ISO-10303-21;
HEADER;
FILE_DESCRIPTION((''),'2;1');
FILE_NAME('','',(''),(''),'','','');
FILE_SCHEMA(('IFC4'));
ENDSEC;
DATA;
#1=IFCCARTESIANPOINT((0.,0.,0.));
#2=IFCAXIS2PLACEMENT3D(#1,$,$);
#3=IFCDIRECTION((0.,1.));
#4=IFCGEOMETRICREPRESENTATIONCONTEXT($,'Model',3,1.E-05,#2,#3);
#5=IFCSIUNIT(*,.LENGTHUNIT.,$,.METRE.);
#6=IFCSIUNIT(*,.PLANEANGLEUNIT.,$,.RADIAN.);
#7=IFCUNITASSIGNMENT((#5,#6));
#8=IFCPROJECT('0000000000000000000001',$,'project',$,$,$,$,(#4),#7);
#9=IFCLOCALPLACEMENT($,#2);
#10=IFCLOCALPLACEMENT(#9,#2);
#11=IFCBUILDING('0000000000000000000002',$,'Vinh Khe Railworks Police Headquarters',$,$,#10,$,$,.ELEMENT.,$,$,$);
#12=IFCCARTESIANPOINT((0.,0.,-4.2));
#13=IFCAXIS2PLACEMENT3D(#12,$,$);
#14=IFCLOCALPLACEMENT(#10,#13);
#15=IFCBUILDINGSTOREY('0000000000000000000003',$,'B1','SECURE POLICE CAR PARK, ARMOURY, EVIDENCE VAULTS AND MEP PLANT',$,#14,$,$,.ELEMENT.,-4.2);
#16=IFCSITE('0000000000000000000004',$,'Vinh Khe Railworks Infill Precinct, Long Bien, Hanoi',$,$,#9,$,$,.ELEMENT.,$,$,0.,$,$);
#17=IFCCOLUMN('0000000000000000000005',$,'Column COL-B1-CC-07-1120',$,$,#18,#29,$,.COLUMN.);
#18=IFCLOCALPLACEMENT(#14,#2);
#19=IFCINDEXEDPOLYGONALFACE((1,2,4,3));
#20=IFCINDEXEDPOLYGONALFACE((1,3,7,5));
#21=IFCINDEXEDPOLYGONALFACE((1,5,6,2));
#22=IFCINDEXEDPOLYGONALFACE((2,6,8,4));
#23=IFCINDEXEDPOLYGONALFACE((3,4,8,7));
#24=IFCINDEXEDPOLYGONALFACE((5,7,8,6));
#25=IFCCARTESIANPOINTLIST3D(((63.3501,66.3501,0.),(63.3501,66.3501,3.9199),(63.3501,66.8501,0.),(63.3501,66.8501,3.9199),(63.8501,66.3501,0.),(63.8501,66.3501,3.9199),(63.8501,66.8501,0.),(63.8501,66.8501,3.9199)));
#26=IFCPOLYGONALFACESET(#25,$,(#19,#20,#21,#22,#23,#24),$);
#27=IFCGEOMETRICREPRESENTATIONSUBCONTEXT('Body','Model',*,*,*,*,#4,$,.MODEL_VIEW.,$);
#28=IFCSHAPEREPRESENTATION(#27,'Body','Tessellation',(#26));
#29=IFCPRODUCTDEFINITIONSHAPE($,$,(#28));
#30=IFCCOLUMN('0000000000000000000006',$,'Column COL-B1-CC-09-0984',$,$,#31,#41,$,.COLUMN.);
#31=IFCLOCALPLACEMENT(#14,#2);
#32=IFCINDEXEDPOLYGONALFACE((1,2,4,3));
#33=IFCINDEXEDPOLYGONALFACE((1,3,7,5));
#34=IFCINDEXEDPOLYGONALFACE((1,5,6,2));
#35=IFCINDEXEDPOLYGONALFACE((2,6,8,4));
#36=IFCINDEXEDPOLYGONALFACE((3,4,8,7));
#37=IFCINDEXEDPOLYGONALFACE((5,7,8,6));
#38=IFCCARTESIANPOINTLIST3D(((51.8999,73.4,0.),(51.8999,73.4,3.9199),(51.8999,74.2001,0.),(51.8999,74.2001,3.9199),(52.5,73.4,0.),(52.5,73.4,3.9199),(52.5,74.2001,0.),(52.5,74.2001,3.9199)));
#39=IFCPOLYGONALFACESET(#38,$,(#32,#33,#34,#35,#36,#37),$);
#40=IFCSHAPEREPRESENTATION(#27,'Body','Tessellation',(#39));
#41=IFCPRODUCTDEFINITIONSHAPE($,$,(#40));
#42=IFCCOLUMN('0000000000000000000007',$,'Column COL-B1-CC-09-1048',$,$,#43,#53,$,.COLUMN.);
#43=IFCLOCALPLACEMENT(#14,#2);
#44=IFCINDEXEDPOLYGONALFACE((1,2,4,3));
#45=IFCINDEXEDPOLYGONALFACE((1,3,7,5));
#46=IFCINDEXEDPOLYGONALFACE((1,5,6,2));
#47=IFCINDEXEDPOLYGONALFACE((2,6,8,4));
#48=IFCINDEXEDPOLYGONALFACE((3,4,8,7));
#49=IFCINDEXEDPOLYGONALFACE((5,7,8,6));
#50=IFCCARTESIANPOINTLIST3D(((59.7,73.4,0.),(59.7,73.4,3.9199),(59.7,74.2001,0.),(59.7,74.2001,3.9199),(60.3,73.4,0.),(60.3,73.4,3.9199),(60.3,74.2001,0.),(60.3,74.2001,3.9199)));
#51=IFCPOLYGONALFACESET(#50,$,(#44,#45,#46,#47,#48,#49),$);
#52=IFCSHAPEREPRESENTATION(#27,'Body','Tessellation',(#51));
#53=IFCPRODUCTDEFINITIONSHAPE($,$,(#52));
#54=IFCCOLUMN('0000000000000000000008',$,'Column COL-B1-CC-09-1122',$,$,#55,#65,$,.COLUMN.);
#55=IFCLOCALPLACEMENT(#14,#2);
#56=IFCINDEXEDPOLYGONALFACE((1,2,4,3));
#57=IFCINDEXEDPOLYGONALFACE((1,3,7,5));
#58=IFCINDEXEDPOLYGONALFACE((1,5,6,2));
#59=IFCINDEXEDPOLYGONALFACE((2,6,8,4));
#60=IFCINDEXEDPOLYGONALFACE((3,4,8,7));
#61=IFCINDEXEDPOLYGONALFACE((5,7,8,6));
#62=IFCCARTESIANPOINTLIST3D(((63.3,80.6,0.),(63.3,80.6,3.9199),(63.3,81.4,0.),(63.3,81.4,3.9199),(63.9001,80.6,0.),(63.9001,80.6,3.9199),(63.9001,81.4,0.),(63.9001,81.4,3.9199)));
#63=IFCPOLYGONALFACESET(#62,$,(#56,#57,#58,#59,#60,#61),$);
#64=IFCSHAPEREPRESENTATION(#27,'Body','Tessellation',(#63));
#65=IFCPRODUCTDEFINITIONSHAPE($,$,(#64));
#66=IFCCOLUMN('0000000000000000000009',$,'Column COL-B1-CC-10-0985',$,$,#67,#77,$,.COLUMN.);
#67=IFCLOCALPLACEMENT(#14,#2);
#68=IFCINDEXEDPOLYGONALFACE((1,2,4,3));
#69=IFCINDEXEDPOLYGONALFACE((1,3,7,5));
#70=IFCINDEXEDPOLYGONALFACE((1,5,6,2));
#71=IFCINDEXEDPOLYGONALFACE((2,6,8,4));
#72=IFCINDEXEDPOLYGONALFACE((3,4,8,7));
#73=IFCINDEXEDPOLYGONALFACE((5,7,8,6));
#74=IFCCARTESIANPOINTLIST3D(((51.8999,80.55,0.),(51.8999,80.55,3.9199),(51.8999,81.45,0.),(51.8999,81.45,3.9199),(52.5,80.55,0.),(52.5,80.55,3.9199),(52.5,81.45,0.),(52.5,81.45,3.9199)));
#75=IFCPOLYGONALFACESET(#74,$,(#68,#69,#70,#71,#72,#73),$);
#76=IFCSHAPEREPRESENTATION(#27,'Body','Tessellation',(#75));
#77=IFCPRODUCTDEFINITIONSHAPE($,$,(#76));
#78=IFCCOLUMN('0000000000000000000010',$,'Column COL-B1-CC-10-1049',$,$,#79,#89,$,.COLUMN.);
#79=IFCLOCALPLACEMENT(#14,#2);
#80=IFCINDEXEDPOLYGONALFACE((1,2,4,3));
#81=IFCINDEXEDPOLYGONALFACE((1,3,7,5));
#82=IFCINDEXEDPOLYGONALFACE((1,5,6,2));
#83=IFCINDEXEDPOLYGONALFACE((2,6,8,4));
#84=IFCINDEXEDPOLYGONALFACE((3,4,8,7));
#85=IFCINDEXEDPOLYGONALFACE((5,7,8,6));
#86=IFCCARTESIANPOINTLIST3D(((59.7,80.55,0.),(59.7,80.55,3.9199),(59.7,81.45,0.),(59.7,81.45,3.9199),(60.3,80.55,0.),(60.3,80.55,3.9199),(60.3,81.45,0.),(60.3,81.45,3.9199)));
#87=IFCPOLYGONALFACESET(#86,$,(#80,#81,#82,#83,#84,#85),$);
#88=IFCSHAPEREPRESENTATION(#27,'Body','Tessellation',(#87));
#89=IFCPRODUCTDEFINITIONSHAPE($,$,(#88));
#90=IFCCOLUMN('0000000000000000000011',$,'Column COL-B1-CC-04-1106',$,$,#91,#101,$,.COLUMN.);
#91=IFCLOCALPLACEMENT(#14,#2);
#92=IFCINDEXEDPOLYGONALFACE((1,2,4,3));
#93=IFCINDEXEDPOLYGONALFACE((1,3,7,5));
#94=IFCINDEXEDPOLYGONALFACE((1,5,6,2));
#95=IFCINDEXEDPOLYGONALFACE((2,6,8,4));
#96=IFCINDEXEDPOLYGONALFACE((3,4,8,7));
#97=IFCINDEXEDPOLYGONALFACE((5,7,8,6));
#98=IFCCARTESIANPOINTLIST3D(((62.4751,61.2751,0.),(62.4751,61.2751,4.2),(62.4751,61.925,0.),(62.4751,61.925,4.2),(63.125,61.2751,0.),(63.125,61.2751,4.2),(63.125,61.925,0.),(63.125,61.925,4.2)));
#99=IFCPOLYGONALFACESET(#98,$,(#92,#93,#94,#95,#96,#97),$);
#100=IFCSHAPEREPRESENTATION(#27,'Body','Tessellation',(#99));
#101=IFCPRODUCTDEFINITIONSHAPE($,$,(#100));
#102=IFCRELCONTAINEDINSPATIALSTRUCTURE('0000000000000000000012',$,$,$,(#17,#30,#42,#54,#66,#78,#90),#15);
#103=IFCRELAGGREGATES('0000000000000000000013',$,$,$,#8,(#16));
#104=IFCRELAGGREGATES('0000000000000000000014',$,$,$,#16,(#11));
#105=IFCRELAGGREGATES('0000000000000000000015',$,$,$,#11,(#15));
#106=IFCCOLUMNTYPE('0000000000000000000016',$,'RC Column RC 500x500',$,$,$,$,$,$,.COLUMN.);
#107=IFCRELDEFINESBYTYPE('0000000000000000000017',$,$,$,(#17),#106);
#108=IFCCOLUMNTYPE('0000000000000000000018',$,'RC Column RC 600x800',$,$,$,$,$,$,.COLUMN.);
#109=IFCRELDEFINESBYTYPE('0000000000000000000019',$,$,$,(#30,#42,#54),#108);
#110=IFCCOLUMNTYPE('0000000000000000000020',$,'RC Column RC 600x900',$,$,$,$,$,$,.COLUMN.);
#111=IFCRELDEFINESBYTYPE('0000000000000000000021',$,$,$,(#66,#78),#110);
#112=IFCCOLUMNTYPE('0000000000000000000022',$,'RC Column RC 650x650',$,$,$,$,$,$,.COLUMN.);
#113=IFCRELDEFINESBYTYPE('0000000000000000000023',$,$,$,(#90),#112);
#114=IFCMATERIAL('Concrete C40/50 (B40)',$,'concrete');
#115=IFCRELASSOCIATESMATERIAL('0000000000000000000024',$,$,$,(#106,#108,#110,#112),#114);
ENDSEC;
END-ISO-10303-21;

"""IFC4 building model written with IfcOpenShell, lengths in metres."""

from ifc_helpers import new_model, si_unit, direction, frame, origin, origin_2d, place, context, subcontext, project, spatial, rectangle, extrude, material, material_profile, profile_set, type_object, element, save


model = new_model("IFC4")

# Units and contexts
model_context = context("Model", 3, precision=1e-05, world=origin(), true_north=direction((0.0, 1.0)))
body_context = subcontext(model_context, "Body", "Model", "MODEL_VIEW")
ifc_project = project(units=[si_unit("LENGTHUNIT", "METRE"), si_unit("PLANEANGLEUNIT", "RADIAN")], contexts=[model_context])

# Site, building, storey
site_placement = place(None, origin())
site = spatial("IfcSite", under=ifc_project, at=site_placement, Name="Vinh Khe Railworks Infill Precinct, Long Bien, Hanoi", CompositionType="ELEMENT", RefElevation=0.0)
building_placement = place(site_placement, origin())
building = spatial("IfcBuilding", under=site, at=building_placement, Name="Vinh Khe Railworks Police Headquarters", CompositionType="ELEMENT")
storey_placement = place(building_placement, frame((0.0, 0.0, -4.2)))
storey = spatial("IfcBuildingStorey", under=building, at=storey_placement, Name="B1", Description="SECURE POLICE CAR PARK, ARMOURY, EVIDENCE VAULTS AND MEP PLANT", CompositionType="ELEMENT", Elevation=-4.2)

# Columns
ifc_material_1 = material(Name="Concrete C40/50 (B40)", Category="concrete")
ifc_material_profile_1 = material_profile(ifc_material_1, rectangle(XDim=0.5, YDim=0.5, at=origin_2d()), Name="RC 500x500")
ifc_profile_set_1 = profile_set([ifc_material_profile_1], Name="Concrete C40/50 (B40)")
column_type_1 = type_object("IfcColumnType", Name="RC Column RC 500x500", PredefinedType="COLUMN", material=ifc_profile_set_1)
for number, where, z_axis, x_axis, name in (
    (1, (63.6001, 66.6001, 0.0), (0.0, 0.0, 1.0), (1.0, 0.0, 0.0), "Column COL-B1-CC-07-1120"),
):
    element("IfcColumn", number, at=place(storey_placement, frame(where, z_axis=z_axis, x_axis=x_axis)), inside=storey, type_object=column_type_1, Name=name, PredefinedType="COLUMN", context=body_context, shape_type="SweptSolid", body=[
        extrude(rectangle(XDim=0.5, YDim=0.5, at=origin_2d()), origin(), (0.0, 0.0, 1.0), 3.9199),
    ])
ifc_material_profile_2 = material_profile(ifc_material_1, rectangle(XDim=0.6001, YDim=0.8, at=origin_2d()), Name="RC 600x800")
ifc_profile_set_2 = profile_set([ifc_material_profile_2], Name="Concrete C40/50 (B40)")
column_type_2 = type_object("IfcColumnType", Name="RC Column RC 600x800", PredefinedType="COLUMN", material=ifc_profile_set_2)
for number, where, z_axis, x_axis, name in (
    (2, (52.2, 73.8, 0.0), (0.0, 0.0, 1.0), (1.0, 0.0, 0.0), "Column COL-B1-CC-09-0984"),
    (3, (60.0, 73.8, 0.0), (0.0, 0.0, 1.0), (1.0, 0.0, 0.0), "Column COL-B1-CC-09-1048"),
    (4, (63.6001, 81.0, 0.0), (0.0, 0.0, 1.0), (1.0, 0.0, 0.0), "Column COL-B1-CC-09-1122"),
):
    element("IfcColumn", number, at=place(storey_placement, frame(where, z_axis=z_axis, x_axis=x_axis)), inside=storey, type_object=column_type_2, Name=name, PredefinedType="COLUMN", context=body_context, shape_type="SweptSolid", body=[
        extrude(rectangle(XDim=0.6001, YDim=0.8, at=origin_2d()), origin(), (0.0, 0.0, 1.0), 3.9199),
    ])
ifc_material_profile_3 = material_profile(ifc_material_1, rectangle(XDim=0.6001, YDim=0.8999, at=origin_2d()), Name="RC 600x900")
ifc_profile_set_3 = profile_set([ifc_material_profile_3], Name="Concrete C40/50 (B40)")
column_type_3 = type_object("IfcColumnType", Name="RC Column RC 600x900", PredefinedType="COLUMN", material=ifc_profile_set_3)
for number, where, z_axis, x_axis, name in (
    (5, (52.2, 81.0, 0.0), (0.0, 0.0, 1.0), (1.0, 0.0, 0.0), "Column COL-B1-CC-10-0985"),
    (6, (60.0, 81.0, 0.0), (0.0, 0.0, 1.0), (1.0, 0.0, 0.0), "Column COL-B1-CC-10-1049"),
):
    element("IfcColumn", number, at=place(storey_placement, frame(where, z_axis=z_axis, x_axis=x_axis)), inside=storey, type_object=column_type_3, Name=name, PredefinedType="COLUMN", context=body_context, shape_type="SweptSolid", body=[
        extrude(rectangle(XDim=0.6001, YDim=0.8999, at=origin_2d()), origin(), (0.0, 0.0, 1.0), 3.9199),
    ])
ifc_material_profile_4 = material_profile(ifc_material_1, rectangle(XDim=0.6499, YDim=0.6499, at=origin_2d()), Name="RC 650x650")
ifc_profile_set_4 = profile_set([ifc_material_profile_4], Name="Concrete C40/50 (B40)")
column_type_4 = type_object("IfcColumnType", Name="RC Column RC 650x650", PredefinedType="COLUMN", material=ifc_profile_set_4)
column_placement = place(storey_placement, frame((62.8, 61.6001, 0.0), z_axis=(0.0, 0.0, 1.0), x_axis=(1.0, 0.0, 0.0)))
element("IfcColumn", 7, at=column_placement, inside=storey, type_object=column_type_4, Name="Column COL-B1-CC-04-1106", PredefinedType="COLUMN", context=body_context, shape_type="SweptSolid", body=[
    extrude(rectangle(XDim=0.6499, YDim=0.6499, at=origin_2d()), origin(), (0.0, 0.0, 1.0), 4.2),
])

save(model, "model.ifc")
